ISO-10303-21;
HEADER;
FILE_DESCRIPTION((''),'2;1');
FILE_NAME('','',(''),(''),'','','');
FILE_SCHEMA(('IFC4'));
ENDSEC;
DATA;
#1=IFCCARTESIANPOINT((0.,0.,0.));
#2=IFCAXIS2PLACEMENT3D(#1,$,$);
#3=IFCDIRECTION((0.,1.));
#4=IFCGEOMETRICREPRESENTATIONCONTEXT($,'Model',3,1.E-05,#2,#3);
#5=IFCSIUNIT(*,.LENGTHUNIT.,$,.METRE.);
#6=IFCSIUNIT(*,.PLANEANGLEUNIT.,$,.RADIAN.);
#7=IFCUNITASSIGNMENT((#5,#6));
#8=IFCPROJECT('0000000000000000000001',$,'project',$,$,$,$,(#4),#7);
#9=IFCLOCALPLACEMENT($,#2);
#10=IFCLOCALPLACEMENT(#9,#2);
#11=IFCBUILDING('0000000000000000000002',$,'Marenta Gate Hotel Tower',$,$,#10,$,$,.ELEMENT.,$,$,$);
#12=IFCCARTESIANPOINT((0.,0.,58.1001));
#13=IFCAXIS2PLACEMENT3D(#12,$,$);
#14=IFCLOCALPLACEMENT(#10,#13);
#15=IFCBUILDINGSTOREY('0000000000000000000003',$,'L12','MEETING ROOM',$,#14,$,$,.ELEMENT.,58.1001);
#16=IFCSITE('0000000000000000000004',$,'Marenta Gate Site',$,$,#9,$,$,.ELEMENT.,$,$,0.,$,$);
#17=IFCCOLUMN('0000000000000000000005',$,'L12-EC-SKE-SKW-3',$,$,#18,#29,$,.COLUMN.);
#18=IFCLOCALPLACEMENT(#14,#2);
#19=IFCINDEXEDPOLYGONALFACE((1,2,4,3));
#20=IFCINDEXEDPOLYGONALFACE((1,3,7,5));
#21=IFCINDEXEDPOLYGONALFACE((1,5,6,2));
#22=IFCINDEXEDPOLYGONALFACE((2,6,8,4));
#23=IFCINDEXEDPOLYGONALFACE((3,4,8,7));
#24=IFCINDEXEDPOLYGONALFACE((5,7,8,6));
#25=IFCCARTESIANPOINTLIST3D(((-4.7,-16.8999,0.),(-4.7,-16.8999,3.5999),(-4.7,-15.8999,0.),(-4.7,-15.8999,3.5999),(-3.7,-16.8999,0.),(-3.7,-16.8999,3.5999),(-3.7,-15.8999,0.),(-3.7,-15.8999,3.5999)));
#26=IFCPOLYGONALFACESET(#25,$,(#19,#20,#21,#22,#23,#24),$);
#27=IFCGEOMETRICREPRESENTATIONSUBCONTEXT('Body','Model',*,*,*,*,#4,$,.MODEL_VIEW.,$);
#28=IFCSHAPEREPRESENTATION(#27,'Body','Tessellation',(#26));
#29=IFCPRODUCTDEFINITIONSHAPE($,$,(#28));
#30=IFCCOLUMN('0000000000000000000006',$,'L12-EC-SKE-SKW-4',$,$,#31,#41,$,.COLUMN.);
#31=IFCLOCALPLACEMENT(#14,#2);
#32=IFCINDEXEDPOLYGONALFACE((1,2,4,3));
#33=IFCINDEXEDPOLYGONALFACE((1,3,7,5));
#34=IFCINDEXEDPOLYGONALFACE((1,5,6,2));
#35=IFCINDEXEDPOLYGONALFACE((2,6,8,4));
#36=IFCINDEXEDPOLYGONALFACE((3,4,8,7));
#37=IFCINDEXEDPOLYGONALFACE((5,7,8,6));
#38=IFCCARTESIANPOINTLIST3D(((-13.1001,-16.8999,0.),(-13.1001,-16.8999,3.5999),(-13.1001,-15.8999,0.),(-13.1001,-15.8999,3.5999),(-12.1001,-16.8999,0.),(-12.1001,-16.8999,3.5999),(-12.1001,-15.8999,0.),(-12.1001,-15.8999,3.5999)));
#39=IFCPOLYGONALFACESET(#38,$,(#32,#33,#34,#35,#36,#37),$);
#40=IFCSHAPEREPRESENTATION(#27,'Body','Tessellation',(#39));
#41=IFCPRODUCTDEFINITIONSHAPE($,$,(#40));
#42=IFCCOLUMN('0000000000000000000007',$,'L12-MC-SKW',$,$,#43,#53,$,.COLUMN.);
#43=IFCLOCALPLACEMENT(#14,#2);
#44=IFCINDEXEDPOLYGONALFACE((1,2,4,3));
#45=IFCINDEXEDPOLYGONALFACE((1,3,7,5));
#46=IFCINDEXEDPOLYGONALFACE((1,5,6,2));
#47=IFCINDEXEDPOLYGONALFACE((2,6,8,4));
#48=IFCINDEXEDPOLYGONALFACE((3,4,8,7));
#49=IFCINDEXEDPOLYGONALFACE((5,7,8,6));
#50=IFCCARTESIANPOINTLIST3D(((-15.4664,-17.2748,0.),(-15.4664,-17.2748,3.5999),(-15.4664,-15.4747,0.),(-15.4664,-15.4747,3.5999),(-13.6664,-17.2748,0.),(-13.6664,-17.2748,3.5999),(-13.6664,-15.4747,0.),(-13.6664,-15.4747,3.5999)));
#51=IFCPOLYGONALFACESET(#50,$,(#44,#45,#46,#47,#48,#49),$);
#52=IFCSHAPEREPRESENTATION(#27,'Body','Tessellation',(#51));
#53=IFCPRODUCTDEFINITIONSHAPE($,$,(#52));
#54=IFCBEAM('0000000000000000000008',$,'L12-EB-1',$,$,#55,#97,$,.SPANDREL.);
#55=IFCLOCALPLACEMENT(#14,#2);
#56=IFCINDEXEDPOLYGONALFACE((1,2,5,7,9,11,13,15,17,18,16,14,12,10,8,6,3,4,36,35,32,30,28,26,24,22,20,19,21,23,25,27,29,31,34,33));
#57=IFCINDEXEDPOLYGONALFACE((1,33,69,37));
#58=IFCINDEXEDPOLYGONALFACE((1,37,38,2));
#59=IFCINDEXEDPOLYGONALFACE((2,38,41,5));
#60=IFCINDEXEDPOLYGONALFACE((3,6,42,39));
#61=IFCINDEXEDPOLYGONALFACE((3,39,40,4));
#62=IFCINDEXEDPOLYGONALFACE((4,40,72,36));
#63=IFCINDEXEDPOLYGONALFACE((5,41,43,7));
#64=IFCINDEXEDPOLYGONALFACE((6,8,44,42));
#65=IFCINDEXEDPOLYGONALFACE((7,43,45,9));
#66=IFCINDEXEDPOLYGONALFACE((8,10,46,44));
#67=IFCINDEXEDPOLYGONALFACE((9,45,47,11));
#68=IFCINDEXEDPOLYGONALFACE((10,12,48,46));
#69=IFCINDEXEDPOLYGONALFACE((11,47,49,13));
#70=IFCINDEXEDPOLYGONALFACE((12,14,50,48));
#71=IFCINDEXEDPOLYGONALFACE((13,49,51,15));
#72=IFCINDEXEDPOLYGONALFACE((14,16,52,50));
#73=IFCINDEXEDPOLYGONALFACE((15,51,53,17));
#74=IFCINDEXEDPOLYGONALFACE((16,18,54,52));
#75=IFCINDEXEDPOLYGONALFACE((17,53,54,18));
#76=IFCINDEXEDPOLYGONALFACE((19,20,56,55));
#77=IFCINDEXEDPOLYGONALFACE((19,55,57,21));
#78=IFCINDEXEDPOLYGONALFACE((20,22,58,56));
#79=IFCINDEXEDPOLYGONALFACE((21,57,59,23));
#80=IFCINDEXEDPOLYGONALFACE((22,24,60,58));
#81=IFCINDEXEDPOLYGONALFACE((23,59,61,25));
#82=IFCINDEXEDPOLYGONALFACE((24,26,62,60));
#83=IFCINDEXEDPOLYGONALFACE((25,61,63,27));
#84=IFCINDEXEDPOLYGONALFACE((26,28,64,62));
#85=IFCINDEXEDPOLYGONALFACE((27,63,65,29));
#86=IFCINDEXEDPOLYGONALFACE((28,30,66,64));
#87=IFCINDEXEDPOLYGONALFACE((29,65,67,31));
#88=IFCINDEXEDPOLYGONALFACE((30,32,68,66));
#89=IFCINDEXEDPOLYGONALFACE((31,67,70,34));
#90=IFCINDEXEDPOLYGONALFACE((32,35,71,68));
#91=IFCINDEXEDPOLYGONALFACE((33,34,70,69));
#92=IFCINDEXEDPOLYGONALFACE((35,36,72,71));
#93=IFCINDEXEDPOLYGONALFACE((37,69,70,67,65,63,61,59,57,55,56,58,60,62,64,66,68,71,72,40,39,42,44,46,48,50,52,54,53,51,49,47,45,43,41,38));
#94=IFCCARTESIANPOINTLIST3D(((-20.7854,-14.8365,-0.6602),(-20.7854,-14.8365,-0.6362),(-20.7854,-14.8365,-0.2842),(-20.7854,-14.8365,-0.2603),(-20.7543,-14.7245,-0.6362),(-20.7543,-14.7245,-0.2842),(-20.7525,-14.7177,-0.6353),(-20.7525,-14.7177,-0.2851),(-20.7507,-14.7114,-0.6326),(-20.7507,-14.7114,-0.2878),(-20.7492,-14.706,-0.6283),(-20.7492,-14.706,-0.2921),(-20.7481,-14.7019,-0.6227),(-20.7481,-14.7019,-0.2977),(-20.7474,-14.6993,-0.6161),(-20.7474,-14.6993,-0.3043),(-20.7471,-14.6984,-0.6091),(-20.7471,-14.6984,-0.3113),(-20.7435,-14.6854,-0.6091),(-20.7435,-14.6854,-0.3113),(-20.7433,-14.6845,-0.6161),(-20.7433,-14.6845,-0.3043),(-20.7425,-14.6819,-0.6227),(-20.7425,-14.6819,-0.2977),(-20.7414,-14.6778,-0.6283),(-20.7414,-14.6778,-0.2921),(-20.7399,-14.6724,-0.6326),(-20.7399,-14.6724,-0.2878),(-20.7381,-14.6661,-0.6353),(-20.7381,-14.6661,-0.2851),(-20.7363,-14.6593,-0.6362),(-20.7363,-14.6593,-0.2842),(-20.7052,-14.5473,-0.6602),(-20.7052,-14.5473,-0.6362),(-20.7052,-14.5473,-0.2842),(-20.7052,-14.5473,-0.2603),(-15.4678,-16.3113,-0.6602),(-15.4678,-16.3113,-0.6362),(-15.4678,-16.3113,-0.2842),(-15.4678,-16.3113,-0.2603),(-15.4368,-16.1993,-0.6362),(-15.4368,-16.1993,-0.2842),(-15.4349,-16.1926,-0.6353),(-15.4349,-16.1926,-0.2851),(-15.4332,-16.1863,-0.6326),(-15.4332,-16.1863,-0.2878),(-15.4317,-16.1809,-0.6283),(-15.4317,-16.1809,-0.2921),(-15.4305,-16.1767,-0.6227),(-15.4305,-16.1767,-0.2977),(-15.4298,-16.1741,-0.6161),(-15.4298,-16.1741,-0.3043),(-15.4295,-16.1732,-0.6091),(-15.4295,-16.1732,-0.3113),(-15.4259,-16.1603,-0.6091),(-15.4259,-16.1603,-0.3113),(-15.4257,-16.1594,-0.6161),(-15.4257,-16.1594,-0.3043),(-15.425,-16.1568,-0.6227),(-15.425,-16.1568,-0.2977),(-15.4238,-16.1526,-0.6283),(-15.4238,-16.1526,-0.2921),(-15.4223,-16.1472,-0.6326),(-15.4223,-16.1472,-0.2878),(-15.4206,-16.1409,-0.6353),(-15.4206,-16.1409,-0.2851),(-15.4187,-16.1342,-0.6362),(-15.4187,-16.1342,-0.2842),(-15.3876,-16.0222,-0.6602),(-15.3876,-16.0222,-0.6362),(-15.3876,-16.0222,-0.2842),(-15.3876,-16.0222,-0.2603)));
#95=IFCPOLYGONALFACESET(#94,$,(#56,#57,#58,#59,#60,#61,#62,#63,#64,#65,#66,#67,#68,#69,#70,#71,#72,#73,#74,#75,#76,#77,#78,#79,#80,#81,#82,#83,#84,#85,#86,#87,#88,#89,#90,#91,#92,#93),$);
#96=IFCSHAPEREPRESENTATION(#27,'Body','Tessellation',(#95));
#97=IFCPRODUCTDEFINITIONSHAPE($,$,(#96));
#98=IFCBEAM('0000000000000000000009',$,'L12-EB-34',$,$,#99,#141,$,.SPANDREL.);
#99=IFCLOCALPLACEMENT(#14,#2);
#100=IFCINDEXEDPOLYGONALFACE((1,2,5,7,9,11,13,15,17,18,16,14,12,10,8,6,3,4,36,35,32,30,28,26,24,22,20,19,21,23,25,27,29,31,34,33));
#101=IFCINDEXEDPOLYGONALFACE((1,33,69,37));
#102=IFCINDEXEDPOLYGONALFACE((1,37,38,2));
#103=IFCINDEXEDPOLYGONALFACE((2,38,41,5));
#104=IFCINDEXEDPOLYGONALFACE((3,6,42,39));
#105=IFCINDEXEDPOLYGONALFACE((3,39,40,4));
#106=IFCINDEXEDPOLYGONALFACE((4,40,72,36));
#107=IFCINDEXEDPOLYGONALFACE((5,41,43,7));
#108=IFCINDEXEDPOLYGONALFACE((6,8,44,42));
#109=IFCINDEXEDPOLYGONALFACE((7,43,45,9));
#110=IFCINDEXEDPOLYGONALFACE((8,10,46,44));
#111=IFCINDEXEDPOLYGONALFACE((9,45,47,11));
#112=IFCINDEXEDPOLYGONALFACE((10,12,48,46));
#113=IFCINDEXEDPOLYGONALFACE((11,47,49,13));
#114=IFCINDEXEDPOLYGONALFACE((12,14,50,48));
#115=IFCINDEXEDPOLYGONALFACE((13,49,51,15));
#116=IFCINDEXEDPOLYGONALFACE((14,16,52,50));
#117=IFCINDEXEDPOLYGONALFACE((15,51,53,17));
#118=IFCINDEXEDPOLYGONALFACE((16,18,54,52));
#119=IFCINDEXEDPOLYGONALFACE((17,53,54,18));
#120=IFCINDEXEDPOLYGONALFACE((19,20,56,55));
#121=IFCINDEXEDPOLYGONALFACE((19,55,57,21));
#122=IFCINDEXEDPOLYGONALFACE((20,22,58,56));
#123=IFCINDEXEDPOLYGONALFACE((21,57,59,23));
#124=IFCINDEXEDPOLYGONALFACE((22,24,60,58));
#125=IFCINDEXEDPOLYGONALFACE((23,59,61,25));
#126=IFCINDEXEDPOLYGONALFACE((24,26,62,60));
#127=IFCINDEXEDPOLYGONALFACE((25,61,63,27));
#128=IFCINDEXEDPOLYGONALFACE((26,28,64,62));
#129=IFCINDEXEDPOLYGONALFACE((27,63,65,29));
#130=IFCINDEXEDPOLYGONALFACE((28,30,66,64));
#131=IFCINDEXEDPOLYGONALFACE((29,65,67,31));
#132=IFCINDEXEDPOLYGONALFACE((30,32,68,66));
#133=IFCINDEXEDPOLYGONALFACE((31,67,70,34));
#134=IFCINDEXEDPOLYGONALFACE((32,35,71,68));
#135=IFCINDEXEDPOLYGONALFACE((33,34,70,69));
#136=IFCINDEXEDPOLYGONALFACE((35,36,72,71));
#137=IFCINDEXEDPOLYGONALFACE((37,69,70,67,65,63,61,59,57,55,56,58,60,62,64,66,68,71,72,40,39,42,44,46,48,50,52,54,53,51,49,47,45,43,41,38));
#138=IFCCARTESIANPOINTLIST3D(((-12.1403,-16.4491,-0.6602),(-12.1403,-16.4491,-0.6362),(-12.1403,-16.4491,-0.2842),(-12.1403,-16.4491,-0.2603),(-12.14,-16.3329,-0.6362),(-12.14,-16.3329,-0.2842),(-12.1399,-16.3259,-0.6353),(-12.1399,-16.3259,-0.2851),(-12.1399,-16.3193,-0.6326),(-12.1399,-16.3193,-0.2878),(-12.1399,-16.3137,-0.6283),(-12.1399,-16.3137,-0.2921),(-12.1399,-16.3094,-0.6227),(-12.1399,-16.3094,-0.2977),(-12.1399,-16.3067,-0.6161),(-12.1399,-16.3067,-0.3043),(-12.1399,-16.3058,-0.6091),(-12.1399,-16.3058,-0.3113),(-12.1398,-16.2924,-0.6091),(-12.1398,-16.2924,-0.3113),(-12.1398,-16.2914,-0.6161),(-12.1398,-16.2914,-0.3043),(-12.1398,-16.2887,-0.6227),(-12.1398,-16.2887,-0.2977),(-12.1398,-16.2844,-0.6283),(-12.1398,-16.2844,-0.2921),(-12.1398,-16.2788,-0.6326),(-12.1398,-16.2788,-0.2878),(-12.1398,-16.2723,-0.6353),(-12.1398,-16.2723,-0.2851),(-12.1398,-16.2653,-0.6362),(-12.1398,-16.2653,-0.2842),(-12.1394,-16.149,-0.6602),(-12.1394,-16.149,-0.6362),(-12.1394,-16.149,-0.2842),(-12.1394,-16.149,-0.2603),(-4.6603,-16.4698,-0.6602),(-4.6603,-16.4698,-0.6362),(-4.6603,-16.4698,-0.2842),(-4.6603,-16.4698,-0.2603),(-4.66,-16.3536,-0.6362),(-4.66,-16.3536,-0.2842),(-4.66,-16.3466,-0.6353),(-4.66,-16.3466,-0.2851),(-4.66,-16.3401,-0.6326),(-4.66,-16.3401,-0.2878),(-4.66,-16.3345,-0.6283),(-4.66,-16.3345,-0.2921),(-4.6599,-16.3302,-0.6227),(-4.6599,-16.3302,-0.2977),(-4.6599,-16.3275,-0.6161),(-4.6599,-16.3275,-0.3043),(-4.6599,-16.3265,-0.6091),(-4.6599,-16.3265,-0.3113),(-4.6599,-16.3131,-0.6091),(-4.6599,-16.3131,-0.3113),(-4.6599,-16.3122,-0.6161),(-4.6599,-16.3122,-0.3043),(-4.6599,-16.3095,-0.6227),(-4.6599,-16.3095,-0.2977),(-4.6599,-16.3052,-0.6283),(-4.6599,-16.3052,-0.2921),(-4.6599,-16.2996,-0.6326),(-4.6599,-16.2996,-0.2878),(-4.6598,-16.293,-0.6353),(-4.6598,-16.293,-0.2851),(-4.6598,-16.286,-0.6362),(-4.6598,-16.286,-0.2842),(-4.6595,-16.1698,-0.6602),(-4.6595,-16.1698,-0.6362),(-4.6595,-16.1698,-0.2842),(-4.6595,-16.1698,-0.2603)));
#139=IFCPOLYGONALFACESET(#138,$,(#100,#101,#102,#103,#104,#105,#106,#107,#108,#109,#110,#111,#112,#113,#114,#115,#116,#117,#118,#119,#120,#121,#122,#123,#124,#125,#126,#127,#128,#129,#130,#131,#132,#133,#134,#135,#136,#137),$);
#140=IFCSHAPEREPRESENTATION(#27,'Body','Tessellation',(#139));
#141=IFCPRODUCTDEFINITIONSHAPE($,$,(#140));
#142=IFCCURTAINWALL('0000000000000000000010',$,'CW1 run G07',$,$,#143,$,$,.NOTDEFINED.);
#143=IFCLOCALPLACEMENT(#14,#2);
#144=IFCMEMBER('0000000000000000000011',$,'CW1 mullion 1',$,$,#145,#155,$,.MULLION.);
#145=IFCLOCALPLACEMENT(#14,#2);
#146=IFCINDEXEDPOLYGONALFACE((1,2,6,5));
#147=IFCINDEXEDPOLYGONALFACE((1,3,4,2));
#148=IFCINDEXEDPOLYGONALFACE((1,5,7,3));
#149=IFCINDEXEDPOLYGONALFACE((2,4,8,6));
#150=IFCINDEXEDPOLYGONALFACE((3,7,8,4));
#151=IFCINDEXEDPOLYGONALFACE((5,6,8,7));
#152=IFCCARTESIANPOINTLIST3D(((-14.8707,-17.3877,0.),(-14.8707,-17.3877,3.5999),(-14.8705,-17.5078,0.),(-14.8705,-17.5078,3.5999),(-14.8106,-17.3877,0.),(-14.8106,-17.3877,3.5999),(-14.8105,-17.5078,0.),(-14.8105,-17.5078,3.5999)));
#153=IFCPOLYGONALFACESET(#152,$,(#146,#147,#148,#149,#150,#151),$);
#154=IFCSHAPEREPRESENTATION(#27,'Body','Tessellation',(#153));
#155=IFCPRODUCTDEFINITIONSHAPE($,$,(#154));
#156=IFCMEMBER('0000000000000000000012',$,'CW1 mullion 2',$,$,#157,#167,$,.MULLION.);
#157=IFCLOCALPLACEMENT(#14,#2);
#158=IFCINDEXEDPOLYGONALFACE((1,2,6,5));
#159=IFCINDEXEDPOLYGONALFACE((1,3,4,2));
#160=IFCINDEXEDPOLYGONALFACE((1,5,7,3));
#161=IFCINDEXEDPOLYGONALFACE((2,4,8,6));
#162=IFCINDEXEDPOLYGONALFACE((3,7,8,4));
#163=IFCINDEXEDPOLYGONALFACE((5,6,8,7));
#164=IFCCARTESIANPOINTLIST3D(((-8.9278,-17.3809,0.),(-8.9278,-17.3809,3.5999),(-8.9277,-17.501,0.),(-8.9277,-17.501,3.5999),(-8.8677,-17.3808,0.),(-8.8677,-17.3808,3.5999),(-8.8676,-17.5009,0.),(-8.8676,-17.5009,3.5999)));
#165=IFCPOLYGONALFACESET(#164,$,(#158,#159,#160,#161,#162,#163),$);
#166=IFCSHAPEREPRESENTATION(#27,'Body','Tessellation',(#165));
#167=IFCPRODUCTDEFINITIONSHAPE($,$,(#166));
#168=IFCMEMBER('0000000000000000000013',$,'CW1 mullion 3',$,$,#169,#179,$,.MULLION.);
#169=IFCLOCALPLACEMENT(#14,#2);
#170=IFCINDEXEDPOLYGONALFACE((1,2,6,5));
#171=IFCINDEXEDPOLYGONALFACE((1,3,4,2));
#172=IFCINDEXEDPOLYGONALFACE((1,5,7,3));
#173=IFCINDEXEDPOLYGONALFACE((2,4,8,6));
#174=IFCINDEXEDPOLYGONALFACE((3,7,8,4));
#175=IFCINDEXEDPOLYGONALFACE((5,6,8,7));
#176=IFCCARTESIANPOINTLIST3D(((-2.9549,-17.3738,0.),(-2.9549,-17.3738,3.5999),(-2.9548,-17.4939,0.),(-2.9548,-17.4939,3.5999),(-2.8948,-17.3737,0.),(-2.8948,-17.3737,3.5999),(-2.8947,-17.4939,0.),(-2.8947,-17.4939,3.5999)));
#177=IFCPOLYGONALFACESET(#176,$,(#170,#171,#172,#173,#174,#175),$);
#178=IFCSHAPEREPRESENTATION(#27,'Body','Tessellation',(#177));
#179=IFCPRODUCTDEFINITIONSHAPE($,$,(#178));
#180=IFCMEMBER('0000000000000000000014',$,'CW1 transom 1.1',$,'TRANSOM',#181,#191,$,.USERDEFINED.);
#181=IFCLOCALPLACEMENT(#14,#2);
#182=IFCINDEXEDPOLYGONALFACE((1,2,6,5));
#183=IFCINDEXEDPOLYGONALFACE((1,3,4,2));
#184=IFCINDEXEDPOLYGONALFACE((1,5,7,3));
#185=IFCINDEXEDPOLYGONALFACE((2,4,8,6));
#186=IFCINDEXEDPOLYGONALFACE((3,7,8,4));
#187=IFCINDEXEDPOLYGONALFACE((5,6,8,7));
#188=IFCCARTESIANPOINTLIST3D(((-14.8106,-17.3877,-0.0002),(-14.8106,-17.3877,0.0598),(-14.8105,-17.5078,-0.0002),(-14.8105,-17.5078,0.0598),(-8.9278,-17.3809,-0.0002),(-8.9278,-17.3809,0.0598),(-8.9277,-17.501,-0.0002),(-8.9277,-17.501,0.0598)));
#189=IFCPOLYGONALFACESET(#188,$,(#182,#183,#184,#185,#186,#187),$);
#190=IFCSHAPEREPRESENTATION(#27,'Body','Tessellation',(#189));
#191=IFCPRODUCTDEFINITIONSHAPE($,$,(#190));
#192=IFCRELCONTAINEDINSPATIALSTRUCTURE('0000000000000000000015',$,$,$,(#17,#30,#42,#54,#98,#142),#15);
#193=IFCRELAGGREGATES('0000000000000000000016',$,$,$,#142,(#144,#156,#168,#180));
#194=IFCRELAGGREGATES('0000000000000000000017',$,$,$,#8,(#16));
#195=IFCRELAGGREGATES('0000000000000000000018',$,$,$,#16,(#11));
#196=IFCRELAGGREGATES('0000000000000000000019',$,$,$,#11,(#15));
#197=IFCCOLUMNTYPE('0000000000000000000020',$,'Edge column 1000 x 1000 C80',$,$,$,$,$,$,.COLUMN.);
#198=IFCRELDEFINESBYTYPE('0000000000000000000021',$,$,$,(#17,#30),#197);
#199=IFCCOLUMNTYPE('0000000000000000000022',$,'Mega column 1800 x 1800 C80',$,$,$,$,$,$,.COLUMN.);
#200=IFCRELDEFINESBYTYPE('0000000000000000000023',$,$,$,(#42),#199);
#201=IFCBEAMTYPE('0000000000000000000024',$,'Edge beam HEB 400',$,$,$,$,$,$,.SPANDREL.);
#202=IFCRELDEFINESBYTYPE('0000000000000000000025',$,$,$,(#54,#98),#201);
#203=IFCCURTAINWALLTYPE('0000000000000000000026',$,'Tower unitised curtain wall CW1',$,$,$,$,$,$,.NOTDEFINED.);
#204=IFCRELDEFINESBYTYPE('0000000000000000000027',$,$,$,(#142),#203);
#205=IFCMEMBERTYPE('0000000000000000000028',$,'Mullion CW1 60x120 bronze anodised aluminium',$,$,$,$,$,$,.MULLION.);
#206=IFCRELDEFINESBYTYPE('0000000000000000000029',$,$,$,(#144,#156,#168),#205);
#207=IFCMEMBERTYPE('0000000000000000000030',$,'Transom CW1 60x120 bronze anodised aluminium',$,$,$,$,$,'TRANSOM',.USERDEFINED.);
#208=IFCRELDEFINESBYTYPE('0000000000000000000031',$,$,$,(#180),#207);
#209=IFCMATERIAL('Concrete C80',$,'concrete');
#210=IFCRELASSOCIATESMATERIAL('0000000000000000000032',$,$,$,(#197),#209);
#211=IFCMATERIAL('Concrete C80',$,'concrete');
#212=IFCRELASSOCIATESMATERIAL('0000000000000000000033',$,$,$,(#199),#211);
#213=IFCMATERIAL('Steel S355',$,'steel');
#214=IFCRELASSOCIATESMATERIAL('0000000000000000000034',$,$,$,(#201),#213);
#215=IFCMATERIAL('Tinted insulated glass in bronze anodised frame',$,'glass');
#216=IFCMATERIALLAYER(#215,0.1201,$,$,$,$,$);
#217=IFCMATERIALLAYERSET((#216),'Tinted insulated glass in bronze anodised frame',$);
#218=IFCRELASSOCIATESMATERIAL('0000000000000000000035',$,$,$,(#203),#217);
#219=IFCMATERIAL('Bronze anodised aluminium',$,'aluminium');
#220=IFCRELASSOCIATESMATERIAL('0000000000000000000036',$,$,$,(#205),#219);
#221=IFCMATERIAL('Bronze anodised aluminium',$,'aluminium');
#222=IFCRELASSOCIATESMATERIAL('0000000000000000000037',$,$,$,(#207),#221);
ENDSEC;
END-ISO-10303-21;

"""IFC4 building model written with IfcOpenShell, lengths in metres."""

from ifc_helpers import new_model, si_unit, direction, frame, origin, origin_2d, place, context, subcontext, project, spatial, rectangle, i_section, extrude, material, layer, layer_set, material_profile, profile_set, type_object, element, aggregate, save


model = new_model("IFC4")

# Units and contexts
model_context = context("Model", 3, precision=1e-05, world=origin(), true_north=direction((0.0, 1.0)))
body_context = subcontext(model_context, "Body", "Model", "MODEL_VIEW")
ifc_project = project(units=[si_unit("LENGTHUNIT", "METRE"), si_unit("PLANEANGLEUNIT", "RADIAN")], contexts=[model_context])

# Site, building, storey
site_placement = place(None, origin())
site = spatial("IfcSite", under=ifc_project, at=site_placement, Name="Marenta Gate Site", CompositionType="ELEMENT", RefElevation=0.0)
building_placement = place(site_placement, origin())
building = spatial("IfcBuilding", under=site, at=building_placement, Name="Marenta Gate Hotel Tower", CompositionType="ELEMENT")
storey_placement = place(building_placement, frame((0.0, 0.0, 58.1001)))
storey = spatial("IfcBuildingStorey", under=building, at=storey_placement, Name="L12", Description="MEETING ROOM", CompositionType="ELEMENT", Elevation=58.1001)

# Columns
ifc_material_1 = material(Name="Concrete C80", Category="concrete")
ifc_material_profile_1 = material_profile(ifc_material_1, rectangle(XDim=1.0, YDim=1.0, at=origin_2d()), Name="1000 x 1000")
ifc_profile_set_1 = profile_set([ifc_material_profile_1], Name="Concrete C80")
column_type_1 = type_object("IfcColumnType", Name="Edge column 1000 x 1000 C80", PredefinedType="COLUMN", material=ifc_profile_set_1)
for number, where, z_axis, x_axis, name in (
    (1, (-4.2, -16.3999, 0.0), (0.0, 0.0, 1.0), (1.0, 0.0, 0.0), "L12-EC-SKE-SKW-3"),
    (2, (-12.6001, -16.3999, 0.0), (0.0, 0.0, 1.0), (1.0, 0.0, 0.0), "L12-EC-SKE-SKW-4"),
):
    element("IfcColumn", number, at=place(storey_placement, frame(where, z_axis=z_axis, x_axis=x_axis)), inside=storey, type_object=column_type_1, Name=name, PredefinedType="COLUMN", context=body_context, shape_type="SweptSolid", body=[
        extrude(rectangle(XDim=1.0, YDim=1.0, at=origin_2d()), origin(), (0.0, 0.0, 1.0), 3.5999),
    ])
ifc_material_2 = material(Name="Concrete C80", Category="concrete")
ifc_material_profile_2 = material_profile(ifc_material_2, rectangle(XDim=1.8, YDim=1.8, at=origin_2d()), Name="1800 x 1800")
ifc_profile_set_2 = profile_set([ifc_material_profile_2], Name="Concrete C80")
column_type_2 = type_object("IfcColumnType", Name="Mega column 1800 x 1800 C80", PredefinedType="COLUMN", material=ifc_profile_set_2)
column_placement = place(storey_placement, frame((-14.5664, -16.3748, 0.0), z_axis=(0.0, 0.0, 1.0), x_axis=(1.0, 0.0, 0.0)))
element("IfcColumn", 3, at=column_placement, inside=storey, type_object=column_type_2, Name="L12-MC-SKW", PredefinedType="COLUMN", context=body_context, shape_type="SweptSolid", body=[
    extrude(rectangle(XDim=1.8, YDim=1.8, at=origin_2d()), origin(), (0.0, 0.0, 1.0), 3.5999),
])

# Beams
ifc_material_3 = material(Name="Steel S355", Category="steel")
ifc_material_profile_3 = material_profile(ifc_material_3, i_section(OverallWidth=0.3, OverallDepth=0.3999, WebThickness=0.0134, FlangeThickness=0.0239, FilletRadius=0.0271, at=origin_2d()), Name="HEB 400")
ifc_profile_set_3 = profile_set([ifc_material_profile_3], Name="Steel S355")
beam_type = type_object("IfcBeamType", Name="Edge beam HEB 400", PredefinedType="SPANDREL", material=ifc_profile_set_3)
beam_1_placement = place(storey_placement, frame((-15.4277, -16.1667, -0.4602), z_axis=(-0.963624, 0.267263, 0.0), x_axis=(-0.267263, -0.963624, 0.0)))
element("IfcBeam", 4, at=beam_1_placement, inside=storey, type_object=beam_type, Name="L12-EB-1", PredefinedType="SPANDREL", context=body_context, shape_type="SweptSolid", body=[
    extrude(i_section(OverallWidth=0.3, OverallDepth=0.3999, WebThickness=0.0134, FlangeThickness=0.0239, FilletRadius=0.0271, at=origin_2d()), origin(), (0.0, 0.0, 1.0), 5.5183),
])
beam_2_placement = place(storey_placement, frame((-4.6599, -16.3198, -0.4602), z_axis=(-0.999996, 0.002774, 0.0), x_axis=(-0.002774, -0.999996, 0.0)))
element("IfcBeam", 5, at=beam_2_placement, inside=storey, type_object=beam_type, Name="L12-EB-34", PredefinedType="SPANDREL", context=body_context, shape_type="SweptSolid", body=[
    extrude(i_section(OverallWidth=0.3, OverallDepth=0.3999, WebThickness=0.0134, FlangeThickness=0.0239, FilletRadius=0.0271, at=origin_2d()), origin(), (0.0, 0.0, 1.0), 7.48),
])

# Curtain wall, members
ifc_material_4 = material(Name="Tinted insulated glass in bronze anodised frame", Category="glass")
ifc_layer_1 = layer(ifc_material_4, 0.1201)
ifc_layer_set_1 = layer_set([ifc_layer_1], Name="Tinted insulated glass in bronze anodised frame")
curtain_wall_type = type_object("IfcCurtainWallType", Name="Tower unitised curtain wall CW1", PredefinedType="NOTDEFINED", material=ifc_layer_set_1)
curtain_wall_placement = place(storey_placement, origin())
curtain_wall = element("IfcCurtainWall", 6, at=curtain_wall_placement, inside=storey, type_object=curtain_wall_type, Name="CW1 run G07", PredefinedType="NOTDEFINED")
ifc_material_5 = material(Name="Bronze anodised aluminium", Category="aluminium")
ifc_material_profile_4 = material_profile(ifc_material_5, rectangle(XDim=0.1201, YDim=0.0601, at=origin_2d()), Name="Mullion CW1 60x120 bronze anodised aluminium")
ifc_profile_set_4 = profile_set([ifc_material_profile_4], Name="Bronze anodised aluminium")
member_type_1 = type_object("IfcMemberType", Name="Mullion CW1 60x120 bronze anodised aluminium", PredefinedType="MULLION", material=ifc_profile_set_4)
member_1_placement = place(storey_placement, frame((-14.8406, -17.4478, 0.0), z_axis=(0.0, 0.0, 1.0), x_axis=(-0.001162, 0.999999, 0.0)))
member_1 = element("IfcMember", 7, at=member_1_placement, type_object=member_type_1, Name="CW1 mullion 1", PredefinedType="MULLION", context=body_context, shape_type="SweptSolid", body=[
    extrude(rectangle(XDim=0.1201, YDim=0.0601, at=origin_2d()), origin(), (0.0, 0.0, 1.0), 3.5999),
])
member_2_placement = place(storey_placement, frame((-8.8977, -17.4409, 0.0), z_axis=(0.0, 0.0, 1.0), x_axis=(-0.001162, 0.999999, 0.0)))
member_2 = element("IfcMember", 8, at=member_2_placement, type_object=member_type_1, Name="CW1 mullion 2", PredefinedType="MULLION", context=body_context, shape_type="SweptSolid", body=[
    extrude(rectangle(XDim=0.1201, YDim=0.0601, at=origin_2d()), origin(), (0.0, 0.0, 1.0), 3.5999),
])
member_3_placement = place(storey_placement, frame((-2.9248, -17.4338, 0.0), z_axis=(0.0, 0.0, 1.0), x_axis=(-0.001162, 0.999999, 0.0)))
member_3 = element("IfcMember", 9, at=member_3_placement, type_object=member_type_1, Name="CW1 mullion 3", PredefinedType="MULLION", context=body_context, shape_type="SweptSolid", body=[
    extrude(rectangle(XDim=0.1201, YDim=0.0601, at=origin_2d()), origin(), (0.0, 0.0, 1.0), 3.5999),
])
ifc_material_6 = material(Name="Bronze anodised aluminium", Category="aluminium")
ifc_material_profile_5 = material_profile(ifc_material_6, rectangle(XDim=0.1201, YDim=0.0601, at=origin_2d()), Name="Transom CW1 60x120 bronze anodised aluminium")
ifc_profile_set_5 = profile_set([ifc_material_profile_5], Name="Bronze anodised aluminium")
member_type_2 = type_object("IfcMemberType", Name="Transom CW1 60x120 bronze anodised aluminium", ElementType="TRANSOM", PredefinedType="USERDEFINED", material=ifc_profile_set_5)
member_4_placement = place(storey_placement, frame((-14.8105, -17.4478, 0.0298), z_axis=(0.999999, 0.001162, 0.0), x_axis=(-0.001162, 0.999999, 0.0)))
member_4 = element("IfcMember", 10, at=member_4_placement, type_object=member_type_2, Name="CW1 transom 1.1", ObjectType="TRANSOM", PredefinedType="USERDEFINED", context=body_context, shape_type="SweptSolid", body=[
    extrude(rectangle(XDim=0.1201, YDim=0.0601, at=origin_2d()), origin(), (0.0, 0.0, 1.0), 5.8828),
])
aggregate(curtain_wall, [member_1, member_2, member_3, member_4])

save(model, "model.ifc")
